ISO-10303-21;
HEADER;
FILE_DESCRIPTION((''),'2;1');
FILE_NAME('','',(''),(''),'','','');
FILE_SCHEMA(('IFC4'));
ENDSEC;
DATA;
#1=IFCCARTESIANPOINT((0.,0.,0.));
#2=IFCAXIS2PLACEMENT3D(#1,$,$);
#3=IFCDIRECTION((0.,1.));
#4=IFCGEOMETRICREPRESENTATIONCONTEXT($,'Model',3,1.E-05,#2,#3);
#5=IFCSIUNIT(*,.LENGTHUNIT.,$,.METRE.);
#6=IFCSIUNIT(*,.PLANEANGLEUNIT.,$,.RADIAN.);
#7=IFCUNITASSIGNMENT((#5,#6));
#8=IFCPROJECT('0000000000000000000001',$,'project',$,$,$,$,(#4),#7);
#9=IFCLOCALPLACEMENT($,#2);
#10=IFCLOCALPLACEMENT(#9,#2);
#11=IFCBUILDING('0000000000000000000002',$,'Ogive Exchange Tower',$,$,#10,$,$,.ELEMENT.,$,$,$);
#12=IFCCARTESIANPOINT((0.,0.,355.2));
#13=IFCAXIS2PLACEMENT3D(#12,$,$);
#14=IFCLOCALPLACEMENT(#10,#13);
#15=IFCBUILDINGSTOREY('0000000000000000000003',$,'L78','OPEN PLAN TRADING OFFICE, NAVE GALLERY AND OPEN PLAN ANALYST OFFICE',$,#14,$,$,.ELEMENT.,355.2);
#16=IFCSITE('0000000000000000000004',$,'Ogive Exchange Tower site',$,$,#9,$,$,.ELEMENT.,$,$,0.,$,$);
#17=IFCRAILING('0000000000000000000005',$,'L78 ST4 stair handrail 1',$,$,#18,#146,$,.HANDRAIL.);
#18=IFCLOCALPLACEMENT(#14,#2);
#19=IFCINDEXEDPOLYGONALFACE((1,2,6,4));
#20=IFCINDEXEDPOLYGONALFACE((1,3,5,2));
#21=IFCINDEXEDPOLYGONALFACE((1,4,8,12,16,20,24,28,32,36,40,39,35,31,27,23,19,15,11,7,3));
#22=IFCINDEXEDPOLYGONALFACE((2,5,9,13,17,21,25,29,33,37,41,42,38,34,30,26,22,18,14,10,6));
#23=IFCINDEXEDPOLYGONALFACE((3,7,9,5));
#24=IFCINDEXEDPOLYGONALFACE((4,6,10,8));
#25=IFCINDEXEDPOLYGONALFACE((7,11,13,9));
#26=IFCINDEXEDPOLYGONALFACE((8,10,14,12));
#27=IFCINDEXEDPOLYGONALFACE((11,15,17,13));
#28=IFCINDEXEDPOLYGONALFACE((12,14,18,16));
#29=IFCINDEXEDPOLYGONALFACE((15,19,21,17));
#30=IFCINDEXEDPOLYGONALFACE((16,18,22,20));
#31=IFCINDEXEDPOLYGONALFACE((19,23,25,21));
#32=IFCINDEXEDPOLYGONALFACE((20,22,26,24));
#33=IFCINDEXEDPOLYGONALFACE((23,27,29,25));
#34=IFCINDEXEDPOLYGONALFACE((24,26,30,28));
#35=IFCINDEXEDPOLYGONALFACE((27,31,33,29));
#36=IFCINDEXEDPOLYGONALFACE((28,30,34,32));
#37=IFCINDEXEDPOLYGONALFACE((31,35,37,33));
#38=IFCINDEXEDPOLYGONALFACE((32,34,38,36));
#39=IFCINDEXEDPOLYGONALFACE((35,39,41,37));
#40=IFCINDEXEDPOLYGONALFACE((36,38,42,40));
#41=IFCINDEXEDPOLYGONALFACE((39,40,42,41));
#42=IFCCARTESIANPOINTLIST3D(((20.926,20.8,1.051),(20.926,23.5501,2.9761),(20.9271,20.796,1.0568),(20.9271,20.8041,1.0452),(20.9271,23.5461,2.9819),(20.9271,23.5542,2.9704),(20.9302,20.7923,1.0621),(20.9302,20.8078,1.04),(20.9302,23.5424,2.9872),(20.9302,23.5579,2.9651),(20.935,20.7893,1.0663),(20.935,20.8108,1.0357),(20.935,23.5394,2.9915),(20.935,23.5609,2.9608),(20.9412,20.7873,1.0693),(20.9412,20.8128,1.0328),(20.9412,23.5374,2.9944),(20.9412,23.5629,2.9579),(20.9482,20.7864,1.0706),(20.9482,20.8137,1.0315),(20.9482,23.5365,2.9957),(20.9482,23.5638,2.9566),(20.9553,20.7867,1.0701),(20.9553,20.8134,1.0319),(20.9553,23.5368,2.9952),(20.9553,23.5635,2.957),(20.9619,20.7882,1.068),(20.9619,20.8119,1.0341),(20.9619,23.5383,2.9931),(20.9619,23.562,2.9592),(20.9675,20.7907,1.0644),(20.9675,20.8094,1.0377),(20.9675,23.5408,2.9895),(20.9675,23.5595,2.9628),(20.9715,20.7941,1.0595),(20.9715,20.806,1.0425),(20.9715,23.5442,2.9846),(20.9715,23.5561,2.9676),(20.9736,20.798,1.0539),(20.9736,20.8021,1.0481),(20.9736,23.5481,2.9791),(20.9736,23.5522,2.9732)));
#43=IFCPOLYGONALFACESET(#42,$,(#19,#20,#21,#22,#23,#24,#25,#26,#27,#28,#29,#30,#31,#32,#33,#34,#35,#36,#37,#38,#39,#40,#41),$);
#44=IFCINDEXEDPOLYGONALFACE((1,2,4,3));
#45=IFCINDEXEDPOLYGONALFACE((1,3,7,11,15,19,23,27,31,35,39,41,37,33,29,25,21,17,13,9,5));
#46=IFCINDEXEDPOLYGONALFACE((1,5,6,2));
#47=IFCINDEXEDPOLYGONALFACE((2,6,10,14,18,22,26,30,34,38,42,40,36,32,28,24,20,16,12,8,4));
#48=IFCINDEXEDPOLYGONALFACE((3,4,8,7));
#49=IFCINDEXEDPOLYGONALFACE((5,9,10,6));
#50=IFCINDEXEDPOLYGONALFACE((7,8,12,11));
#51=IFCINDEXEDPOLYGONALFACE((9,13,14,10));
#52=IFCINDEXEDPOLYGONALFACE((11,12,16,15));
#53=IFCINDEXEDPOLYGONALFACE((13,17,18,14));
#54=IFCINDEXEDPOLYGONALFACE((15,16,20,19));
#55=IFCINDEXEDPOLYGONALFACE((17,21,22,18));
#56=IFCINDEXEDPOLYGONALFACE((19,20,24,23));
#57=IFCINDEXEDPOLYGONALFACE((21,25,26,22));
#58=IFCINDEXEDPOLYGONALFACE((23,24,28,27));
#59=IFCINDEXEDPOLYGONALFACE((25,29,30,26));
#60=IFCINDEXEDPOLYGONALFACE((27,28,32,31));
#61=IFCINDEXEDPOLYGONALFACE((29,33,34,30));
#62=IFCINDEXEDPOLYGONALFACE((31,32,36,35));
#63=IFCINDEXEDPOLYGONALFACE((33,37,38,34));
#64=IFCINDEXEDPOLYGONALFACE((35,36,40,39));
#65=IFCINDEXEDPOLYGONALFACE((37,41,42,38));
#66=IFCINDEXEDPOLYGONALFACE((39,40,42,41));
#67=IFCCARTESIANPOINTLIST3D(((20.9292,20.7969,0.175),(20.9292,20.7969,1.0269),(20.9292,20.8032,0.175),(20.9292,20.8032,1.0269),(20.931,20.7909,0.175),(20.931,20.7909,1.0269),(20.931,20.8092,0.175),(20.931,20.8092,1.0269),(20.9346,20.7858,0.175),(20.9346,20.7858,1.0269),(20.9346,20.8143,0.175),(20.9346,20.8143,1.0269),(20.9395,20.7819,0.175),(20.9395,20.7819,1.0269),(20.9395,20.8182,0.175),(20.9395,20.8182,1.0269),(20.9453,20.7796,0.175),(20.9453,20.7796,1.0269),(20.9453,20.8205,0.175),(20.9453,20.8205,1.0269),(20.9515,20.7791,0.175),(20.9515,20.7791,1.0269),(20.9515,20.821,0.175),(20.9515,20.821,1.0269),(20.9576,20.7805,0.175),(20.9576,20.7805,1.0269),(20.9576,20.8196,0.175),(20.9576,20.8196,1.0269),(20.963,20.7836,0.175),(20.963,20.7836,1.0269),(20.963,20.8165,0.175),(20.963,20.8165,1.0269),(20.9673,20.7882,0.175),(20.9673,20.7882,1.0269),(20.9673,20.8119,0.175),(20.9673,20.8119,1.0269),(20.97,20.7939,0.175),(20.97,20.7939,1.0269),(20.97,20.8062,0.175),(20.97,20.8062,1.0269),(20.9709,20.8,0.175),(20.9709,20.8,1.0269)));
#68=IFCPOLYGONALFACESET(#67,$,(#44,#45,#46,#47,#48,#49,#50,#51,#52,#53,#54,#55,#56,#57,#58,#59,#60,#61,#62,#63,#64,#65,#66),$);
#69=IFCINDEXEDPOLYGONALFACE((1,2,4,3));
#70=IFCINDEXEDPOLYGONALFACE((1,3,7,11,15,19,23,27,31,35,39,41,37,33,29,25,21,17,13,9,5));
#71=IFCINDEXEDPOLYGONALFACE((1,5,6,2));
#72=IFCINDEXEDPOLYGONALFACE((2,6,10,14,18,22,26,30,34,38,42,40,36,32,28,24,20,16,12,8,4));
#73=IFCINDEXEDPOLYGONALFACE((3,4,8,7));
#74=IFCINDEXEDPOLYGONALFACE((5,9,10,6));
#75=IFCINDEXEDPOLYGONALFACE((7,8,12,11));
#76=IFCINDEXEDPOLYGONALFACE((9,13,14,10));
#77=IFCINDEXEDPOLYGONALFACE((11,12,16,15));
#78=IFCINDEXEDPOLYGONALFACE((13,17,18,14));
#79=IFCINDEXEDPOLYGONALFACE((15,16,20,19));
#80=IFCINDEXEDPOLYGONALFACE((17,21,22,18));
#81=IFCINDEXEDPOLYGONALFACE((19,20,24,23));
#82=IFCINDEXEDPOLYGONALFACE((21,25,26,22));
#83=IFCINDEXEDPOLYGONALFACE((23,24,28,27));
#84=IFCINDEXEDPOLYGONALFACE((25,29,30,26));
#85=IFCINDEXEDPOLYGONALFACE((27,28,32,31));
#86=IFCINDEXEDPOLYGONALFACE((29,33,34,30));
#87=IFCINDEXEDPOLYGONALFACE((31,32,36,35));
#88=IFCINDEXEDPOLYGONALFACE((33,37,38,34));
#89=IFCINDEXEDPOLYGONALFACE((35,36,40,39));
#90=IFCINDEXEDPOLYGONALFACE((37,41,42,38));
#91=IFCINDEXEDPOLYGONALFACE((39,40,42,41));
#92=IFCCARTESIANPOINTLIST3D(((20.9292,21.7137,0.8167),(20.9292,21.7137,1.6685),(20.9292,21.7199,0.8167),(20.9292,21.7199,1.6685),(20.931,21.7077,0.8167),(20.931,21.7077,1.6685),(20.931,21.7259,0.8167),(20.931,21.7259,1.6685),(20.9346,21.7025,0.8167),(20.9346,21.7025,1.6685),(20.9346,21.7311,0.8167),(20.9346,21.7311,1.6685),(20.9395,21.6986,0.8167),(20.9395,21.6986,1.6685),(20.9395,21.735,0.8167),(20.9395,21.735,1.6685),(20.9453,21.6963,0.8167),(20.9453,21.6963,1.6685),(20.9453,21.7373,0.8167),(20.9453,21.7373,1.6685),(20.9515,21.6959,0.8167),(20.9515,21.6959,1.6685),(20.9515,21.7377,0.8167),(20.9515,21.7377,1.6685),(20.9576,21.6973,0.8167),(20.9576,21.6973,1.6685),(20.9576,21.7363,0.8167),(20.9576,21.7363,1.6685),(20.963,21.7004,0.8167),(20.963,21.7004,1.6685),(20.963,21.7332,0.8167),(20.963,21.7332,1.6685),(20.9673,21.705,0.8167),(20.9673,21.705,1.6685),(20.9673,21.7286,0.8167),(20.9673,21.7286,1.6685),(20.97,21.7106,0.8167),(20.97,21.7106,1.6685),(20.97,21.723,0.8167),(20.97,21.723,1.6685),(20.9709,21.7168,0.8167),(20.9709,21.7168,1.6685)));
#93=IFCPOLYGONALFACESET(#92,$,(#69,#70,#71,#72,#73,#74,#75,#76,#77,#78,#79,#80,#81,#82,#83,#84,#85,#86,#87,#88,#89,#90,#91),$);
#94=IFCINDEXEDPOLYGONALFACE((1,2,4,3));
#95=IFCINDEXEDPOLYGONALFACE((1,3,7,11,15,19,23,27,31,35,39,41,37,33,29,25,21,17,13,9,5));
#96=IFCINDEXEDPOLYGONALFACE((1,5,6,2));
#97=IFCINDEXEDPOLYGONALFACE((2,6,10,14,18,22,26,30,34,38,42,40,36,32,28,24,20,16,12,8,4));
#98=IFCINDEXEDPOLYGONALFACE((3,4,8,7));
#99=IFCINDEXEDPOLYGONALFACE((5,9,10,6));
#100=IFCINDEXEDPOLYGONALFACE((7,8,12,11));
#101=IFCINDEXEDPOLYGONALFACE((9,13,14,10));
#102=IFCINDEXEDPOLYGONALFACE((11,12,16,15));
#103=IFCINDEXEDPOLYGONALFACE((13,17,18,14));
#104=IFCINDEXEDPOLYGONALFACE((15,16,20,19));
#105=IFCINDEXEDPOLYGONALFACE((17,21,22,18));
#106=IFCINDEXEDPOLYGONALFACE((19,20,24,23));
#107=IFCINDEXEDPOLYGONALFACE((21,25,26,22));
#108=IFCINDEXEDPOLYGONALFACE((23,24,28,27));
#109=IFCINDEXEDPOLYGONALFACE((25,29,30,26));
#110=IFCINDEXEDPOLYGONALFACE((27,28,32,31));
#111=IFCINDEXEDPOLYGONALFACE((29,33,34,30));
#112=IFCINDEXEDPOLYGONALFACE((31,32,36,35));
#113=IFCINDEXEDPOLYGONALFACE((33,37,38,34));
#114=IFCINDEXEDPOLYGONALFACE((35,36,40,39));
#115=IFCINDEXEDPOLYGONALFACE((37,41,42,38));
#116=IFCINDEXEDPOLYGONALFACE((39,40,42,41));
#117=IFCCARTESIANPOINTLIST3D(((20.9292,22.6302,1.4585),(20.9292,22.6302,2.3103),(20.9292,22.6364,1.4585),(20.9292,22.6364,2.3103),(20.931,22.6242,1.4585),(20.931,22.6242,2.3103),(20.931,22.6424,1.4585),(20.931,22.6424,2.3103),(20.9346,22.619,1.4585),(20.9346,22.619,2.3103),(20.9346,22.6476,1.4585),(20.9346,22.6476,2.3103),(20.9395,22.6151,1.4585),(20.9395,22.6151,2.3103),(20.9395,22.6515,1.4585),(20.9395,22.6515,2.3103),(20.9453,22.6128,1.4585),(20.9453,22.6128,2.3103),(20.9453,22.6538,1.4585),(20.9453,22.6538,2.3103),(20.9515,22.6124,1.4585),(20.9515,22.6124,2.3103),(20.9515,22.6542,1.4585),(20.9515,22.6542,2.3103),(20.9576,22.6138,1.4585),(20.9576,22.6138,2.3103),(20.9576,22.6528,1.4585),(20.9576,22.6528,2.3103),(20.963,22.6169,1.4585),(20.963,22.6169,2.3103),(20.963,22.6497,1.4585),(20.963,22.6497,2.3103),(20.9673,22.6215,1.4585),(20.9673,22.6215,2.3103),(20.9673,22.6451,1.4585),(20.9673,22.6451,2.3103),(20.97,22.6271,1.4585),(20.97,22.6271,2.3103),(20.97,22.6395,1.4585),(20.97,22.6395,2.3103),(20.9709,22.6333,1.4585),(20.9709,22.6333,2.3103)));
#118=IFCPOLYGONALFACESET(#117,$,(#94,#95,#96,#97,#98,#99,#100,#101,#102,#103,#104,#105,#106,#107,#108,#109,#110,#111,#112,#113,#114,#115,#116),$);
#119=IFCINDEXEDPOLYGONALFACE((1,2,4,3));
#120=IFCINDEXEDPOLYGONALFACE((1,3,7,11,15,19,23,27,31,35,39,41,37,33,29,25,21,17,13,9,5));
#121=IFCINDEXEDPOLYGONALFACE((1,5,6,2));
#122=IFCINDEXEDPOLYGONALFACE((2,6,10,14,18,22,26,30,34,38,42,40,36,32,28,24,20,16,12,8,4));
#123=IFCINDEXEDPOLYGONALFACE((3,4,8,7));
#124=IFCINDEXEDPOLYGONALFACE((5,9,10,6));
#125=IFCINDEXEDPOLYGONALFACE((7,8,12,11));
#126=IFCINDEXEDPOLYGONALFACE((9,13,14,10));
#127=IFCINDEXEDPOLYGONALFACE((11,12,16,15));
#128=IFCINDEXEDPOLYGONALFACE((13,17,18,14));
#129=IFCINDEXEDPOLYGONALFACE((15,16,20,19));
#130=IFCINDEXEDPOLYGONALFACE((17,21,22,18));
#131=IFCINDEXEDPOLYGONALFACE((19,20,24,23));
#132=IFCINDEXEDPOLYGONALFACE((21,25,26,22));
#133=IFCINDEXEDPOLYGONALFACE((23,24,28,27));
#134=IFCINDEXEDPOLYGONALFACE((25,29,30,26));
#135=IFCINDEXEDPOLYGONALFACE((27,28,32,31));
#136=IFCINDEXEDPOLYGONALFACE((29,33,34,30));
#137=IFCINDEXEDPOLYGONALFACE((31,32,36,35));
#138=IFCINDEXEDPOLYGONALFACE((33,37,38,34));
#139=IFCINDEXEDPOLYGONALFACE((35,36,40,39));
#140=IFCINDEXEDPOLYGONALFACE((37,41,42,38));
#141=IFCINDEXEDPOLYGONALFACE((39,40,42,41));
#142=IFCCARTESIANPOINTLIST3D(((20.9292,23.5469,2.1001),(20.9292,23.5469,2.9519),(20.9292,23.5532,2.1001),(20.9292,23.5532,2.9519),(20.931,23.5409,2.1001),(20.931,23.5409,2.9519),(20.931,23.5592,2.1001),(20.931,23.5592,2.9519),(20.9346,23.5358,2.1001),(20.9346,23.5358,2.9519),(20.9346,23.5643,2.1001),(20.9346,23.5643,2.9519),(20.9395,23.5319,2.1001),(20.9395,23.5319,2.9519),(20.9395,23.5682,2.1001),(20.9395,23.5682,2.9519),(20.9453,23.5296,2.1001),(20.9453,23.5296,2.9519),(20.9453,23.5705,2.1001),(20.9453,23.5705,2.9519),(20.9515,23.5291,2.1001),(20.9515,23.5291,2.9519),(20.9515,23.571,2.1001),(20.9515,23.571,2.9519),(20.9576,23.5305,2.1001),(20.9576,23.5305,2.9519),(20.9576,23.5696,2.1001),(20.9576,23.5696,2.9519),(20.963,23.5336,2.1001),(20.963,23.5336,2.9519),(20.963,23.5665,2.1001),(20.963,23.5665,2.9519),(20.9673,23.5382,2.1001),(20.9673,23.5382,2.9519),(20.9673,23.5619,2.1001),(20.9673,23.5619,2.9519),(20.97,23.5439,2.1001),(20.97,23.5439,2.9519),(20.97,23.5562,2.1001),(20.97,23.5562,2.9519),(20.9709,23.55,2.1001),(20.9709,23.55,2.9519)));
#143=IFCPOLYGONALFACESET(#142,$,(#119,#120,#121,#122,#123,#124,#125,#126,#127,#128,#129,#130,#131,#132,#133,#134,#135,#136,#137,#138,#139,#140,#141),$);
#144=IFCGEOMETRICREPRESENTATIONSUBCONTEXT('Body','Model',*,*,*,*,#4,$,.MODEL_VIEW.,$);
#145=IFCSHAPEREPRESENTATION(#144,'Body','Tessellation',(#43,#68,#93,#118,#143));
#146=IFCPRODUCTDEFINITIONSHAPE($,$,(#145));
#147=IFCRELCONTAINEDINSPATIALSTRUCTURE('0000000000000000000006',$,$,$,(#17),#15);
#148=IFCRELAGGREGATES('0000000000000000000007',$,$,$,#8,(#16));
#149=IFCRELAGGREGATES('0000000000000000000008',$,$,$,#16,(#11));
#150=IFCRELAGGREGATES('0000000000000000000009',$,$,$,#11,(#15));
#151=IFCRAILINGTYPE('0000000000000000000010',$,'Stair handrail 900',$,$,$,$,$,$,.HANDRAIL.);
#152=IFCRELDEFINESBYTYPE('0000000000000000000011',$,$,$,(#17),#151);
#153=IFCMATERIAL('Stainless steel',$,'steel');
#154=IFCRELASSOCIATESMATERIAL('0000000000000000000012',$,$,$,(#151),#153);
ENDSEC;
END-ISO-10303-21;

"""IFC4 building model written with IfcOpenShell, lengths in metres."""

from ifc_helpers import new_model, si_unit, direction, frame, origin, origin_2d, place, context, subcontext, project, spatial, circle, extrude, material, type_object, element, save


model = new_model("IFC4")

# Units and contexts
model_context = context("Model", 3, precision=1e-05, world=origin(), true_north=direction((0.0, 1.0)))
body_context = subcontext(model_context, "Body", "Model", "MODEL_VIEW")
ifc_project = project(units=[si_unit("LENGTHUNIT", "METRE"), si_unit("PLANEANGLEUNIT", "RADIAN")], contexts=[model_context])

# Site, building, storey
site_placement = place(None, origin())
site = spatial("IfcSite", under=ifc_project, at=site_placement, Name="Ogive Exchange Tower site", CompositionType="ELEMENT", RefElevation=0.0)
building_placement = place(site_placement, origin())
building = spatial("IfcBuilding", under=site, at=building_placement, Name="Ogive Exchange Tower", CompositionType="ELEMENT")
storey_placement = place(building_placement, frame((0.0, 0.0, 355.2)))
storey = spatial("IfcBuildingStorey", under=building, at=storey_placement, Name="L78", Description="OPEN PLAN TRADING OFFICE, NAVE GALLERY AND OPEN PLAN ANALYST OFFICE", CompositionType="ELEMENT", Elevation=355.2)

# Railing
ifc_material_1 = material(Name="Stainless steel", Category="steel")
railing_type = type_object("IfcRailingType", Name="Stair handrail 900", PredefinedType="HANDRAIL", material=ifc_material_1)
railing_1_placement = place(storey_placement, frame((20.95, 20.8, 0.175)))
element("IfcRailing", 1, at=railing_1_placement, inside=storey, type_object=railing_type, Name="L78 ST4 stair handrail 1", PredefinedType="HANDRAIL", context=body_context, shape_type="SweptSolid", body=[
    extrude(circle(Radius=0.0239, at=origin_2d()), frame((0.0, 0.0, 0.876), z_axis=(0.0, 0.819225, 0.573472), x_axis=(-1.0, 0.0, 0.0)), (0.0, 0.0, 1.0), 3.3569),
    extrude(circle(Radius=0.021, at=origin_2d()), origin(), (0.0, 0.0, 1.0), 0.8518),
    extrude(circle(Radius=0.021, at=origin_2d()), frame((0.0, 0.9167, 0.6416)), (0.0, 0.0, 1.0), 0.8518),
    extrude(circle(Radius=0.021, at=origin_2d()), frame((0.0, 1.8333, 1.2834)), (0.0, 0.0, 1.0), 0.8518),
    extrude(circle(Radius=0.021, at=origin_2d()), frame((0.0, 2.75, 1.925)), (0.0, 0.0, 1.0), 0.8518),
])

save(model, "model.ifc")
